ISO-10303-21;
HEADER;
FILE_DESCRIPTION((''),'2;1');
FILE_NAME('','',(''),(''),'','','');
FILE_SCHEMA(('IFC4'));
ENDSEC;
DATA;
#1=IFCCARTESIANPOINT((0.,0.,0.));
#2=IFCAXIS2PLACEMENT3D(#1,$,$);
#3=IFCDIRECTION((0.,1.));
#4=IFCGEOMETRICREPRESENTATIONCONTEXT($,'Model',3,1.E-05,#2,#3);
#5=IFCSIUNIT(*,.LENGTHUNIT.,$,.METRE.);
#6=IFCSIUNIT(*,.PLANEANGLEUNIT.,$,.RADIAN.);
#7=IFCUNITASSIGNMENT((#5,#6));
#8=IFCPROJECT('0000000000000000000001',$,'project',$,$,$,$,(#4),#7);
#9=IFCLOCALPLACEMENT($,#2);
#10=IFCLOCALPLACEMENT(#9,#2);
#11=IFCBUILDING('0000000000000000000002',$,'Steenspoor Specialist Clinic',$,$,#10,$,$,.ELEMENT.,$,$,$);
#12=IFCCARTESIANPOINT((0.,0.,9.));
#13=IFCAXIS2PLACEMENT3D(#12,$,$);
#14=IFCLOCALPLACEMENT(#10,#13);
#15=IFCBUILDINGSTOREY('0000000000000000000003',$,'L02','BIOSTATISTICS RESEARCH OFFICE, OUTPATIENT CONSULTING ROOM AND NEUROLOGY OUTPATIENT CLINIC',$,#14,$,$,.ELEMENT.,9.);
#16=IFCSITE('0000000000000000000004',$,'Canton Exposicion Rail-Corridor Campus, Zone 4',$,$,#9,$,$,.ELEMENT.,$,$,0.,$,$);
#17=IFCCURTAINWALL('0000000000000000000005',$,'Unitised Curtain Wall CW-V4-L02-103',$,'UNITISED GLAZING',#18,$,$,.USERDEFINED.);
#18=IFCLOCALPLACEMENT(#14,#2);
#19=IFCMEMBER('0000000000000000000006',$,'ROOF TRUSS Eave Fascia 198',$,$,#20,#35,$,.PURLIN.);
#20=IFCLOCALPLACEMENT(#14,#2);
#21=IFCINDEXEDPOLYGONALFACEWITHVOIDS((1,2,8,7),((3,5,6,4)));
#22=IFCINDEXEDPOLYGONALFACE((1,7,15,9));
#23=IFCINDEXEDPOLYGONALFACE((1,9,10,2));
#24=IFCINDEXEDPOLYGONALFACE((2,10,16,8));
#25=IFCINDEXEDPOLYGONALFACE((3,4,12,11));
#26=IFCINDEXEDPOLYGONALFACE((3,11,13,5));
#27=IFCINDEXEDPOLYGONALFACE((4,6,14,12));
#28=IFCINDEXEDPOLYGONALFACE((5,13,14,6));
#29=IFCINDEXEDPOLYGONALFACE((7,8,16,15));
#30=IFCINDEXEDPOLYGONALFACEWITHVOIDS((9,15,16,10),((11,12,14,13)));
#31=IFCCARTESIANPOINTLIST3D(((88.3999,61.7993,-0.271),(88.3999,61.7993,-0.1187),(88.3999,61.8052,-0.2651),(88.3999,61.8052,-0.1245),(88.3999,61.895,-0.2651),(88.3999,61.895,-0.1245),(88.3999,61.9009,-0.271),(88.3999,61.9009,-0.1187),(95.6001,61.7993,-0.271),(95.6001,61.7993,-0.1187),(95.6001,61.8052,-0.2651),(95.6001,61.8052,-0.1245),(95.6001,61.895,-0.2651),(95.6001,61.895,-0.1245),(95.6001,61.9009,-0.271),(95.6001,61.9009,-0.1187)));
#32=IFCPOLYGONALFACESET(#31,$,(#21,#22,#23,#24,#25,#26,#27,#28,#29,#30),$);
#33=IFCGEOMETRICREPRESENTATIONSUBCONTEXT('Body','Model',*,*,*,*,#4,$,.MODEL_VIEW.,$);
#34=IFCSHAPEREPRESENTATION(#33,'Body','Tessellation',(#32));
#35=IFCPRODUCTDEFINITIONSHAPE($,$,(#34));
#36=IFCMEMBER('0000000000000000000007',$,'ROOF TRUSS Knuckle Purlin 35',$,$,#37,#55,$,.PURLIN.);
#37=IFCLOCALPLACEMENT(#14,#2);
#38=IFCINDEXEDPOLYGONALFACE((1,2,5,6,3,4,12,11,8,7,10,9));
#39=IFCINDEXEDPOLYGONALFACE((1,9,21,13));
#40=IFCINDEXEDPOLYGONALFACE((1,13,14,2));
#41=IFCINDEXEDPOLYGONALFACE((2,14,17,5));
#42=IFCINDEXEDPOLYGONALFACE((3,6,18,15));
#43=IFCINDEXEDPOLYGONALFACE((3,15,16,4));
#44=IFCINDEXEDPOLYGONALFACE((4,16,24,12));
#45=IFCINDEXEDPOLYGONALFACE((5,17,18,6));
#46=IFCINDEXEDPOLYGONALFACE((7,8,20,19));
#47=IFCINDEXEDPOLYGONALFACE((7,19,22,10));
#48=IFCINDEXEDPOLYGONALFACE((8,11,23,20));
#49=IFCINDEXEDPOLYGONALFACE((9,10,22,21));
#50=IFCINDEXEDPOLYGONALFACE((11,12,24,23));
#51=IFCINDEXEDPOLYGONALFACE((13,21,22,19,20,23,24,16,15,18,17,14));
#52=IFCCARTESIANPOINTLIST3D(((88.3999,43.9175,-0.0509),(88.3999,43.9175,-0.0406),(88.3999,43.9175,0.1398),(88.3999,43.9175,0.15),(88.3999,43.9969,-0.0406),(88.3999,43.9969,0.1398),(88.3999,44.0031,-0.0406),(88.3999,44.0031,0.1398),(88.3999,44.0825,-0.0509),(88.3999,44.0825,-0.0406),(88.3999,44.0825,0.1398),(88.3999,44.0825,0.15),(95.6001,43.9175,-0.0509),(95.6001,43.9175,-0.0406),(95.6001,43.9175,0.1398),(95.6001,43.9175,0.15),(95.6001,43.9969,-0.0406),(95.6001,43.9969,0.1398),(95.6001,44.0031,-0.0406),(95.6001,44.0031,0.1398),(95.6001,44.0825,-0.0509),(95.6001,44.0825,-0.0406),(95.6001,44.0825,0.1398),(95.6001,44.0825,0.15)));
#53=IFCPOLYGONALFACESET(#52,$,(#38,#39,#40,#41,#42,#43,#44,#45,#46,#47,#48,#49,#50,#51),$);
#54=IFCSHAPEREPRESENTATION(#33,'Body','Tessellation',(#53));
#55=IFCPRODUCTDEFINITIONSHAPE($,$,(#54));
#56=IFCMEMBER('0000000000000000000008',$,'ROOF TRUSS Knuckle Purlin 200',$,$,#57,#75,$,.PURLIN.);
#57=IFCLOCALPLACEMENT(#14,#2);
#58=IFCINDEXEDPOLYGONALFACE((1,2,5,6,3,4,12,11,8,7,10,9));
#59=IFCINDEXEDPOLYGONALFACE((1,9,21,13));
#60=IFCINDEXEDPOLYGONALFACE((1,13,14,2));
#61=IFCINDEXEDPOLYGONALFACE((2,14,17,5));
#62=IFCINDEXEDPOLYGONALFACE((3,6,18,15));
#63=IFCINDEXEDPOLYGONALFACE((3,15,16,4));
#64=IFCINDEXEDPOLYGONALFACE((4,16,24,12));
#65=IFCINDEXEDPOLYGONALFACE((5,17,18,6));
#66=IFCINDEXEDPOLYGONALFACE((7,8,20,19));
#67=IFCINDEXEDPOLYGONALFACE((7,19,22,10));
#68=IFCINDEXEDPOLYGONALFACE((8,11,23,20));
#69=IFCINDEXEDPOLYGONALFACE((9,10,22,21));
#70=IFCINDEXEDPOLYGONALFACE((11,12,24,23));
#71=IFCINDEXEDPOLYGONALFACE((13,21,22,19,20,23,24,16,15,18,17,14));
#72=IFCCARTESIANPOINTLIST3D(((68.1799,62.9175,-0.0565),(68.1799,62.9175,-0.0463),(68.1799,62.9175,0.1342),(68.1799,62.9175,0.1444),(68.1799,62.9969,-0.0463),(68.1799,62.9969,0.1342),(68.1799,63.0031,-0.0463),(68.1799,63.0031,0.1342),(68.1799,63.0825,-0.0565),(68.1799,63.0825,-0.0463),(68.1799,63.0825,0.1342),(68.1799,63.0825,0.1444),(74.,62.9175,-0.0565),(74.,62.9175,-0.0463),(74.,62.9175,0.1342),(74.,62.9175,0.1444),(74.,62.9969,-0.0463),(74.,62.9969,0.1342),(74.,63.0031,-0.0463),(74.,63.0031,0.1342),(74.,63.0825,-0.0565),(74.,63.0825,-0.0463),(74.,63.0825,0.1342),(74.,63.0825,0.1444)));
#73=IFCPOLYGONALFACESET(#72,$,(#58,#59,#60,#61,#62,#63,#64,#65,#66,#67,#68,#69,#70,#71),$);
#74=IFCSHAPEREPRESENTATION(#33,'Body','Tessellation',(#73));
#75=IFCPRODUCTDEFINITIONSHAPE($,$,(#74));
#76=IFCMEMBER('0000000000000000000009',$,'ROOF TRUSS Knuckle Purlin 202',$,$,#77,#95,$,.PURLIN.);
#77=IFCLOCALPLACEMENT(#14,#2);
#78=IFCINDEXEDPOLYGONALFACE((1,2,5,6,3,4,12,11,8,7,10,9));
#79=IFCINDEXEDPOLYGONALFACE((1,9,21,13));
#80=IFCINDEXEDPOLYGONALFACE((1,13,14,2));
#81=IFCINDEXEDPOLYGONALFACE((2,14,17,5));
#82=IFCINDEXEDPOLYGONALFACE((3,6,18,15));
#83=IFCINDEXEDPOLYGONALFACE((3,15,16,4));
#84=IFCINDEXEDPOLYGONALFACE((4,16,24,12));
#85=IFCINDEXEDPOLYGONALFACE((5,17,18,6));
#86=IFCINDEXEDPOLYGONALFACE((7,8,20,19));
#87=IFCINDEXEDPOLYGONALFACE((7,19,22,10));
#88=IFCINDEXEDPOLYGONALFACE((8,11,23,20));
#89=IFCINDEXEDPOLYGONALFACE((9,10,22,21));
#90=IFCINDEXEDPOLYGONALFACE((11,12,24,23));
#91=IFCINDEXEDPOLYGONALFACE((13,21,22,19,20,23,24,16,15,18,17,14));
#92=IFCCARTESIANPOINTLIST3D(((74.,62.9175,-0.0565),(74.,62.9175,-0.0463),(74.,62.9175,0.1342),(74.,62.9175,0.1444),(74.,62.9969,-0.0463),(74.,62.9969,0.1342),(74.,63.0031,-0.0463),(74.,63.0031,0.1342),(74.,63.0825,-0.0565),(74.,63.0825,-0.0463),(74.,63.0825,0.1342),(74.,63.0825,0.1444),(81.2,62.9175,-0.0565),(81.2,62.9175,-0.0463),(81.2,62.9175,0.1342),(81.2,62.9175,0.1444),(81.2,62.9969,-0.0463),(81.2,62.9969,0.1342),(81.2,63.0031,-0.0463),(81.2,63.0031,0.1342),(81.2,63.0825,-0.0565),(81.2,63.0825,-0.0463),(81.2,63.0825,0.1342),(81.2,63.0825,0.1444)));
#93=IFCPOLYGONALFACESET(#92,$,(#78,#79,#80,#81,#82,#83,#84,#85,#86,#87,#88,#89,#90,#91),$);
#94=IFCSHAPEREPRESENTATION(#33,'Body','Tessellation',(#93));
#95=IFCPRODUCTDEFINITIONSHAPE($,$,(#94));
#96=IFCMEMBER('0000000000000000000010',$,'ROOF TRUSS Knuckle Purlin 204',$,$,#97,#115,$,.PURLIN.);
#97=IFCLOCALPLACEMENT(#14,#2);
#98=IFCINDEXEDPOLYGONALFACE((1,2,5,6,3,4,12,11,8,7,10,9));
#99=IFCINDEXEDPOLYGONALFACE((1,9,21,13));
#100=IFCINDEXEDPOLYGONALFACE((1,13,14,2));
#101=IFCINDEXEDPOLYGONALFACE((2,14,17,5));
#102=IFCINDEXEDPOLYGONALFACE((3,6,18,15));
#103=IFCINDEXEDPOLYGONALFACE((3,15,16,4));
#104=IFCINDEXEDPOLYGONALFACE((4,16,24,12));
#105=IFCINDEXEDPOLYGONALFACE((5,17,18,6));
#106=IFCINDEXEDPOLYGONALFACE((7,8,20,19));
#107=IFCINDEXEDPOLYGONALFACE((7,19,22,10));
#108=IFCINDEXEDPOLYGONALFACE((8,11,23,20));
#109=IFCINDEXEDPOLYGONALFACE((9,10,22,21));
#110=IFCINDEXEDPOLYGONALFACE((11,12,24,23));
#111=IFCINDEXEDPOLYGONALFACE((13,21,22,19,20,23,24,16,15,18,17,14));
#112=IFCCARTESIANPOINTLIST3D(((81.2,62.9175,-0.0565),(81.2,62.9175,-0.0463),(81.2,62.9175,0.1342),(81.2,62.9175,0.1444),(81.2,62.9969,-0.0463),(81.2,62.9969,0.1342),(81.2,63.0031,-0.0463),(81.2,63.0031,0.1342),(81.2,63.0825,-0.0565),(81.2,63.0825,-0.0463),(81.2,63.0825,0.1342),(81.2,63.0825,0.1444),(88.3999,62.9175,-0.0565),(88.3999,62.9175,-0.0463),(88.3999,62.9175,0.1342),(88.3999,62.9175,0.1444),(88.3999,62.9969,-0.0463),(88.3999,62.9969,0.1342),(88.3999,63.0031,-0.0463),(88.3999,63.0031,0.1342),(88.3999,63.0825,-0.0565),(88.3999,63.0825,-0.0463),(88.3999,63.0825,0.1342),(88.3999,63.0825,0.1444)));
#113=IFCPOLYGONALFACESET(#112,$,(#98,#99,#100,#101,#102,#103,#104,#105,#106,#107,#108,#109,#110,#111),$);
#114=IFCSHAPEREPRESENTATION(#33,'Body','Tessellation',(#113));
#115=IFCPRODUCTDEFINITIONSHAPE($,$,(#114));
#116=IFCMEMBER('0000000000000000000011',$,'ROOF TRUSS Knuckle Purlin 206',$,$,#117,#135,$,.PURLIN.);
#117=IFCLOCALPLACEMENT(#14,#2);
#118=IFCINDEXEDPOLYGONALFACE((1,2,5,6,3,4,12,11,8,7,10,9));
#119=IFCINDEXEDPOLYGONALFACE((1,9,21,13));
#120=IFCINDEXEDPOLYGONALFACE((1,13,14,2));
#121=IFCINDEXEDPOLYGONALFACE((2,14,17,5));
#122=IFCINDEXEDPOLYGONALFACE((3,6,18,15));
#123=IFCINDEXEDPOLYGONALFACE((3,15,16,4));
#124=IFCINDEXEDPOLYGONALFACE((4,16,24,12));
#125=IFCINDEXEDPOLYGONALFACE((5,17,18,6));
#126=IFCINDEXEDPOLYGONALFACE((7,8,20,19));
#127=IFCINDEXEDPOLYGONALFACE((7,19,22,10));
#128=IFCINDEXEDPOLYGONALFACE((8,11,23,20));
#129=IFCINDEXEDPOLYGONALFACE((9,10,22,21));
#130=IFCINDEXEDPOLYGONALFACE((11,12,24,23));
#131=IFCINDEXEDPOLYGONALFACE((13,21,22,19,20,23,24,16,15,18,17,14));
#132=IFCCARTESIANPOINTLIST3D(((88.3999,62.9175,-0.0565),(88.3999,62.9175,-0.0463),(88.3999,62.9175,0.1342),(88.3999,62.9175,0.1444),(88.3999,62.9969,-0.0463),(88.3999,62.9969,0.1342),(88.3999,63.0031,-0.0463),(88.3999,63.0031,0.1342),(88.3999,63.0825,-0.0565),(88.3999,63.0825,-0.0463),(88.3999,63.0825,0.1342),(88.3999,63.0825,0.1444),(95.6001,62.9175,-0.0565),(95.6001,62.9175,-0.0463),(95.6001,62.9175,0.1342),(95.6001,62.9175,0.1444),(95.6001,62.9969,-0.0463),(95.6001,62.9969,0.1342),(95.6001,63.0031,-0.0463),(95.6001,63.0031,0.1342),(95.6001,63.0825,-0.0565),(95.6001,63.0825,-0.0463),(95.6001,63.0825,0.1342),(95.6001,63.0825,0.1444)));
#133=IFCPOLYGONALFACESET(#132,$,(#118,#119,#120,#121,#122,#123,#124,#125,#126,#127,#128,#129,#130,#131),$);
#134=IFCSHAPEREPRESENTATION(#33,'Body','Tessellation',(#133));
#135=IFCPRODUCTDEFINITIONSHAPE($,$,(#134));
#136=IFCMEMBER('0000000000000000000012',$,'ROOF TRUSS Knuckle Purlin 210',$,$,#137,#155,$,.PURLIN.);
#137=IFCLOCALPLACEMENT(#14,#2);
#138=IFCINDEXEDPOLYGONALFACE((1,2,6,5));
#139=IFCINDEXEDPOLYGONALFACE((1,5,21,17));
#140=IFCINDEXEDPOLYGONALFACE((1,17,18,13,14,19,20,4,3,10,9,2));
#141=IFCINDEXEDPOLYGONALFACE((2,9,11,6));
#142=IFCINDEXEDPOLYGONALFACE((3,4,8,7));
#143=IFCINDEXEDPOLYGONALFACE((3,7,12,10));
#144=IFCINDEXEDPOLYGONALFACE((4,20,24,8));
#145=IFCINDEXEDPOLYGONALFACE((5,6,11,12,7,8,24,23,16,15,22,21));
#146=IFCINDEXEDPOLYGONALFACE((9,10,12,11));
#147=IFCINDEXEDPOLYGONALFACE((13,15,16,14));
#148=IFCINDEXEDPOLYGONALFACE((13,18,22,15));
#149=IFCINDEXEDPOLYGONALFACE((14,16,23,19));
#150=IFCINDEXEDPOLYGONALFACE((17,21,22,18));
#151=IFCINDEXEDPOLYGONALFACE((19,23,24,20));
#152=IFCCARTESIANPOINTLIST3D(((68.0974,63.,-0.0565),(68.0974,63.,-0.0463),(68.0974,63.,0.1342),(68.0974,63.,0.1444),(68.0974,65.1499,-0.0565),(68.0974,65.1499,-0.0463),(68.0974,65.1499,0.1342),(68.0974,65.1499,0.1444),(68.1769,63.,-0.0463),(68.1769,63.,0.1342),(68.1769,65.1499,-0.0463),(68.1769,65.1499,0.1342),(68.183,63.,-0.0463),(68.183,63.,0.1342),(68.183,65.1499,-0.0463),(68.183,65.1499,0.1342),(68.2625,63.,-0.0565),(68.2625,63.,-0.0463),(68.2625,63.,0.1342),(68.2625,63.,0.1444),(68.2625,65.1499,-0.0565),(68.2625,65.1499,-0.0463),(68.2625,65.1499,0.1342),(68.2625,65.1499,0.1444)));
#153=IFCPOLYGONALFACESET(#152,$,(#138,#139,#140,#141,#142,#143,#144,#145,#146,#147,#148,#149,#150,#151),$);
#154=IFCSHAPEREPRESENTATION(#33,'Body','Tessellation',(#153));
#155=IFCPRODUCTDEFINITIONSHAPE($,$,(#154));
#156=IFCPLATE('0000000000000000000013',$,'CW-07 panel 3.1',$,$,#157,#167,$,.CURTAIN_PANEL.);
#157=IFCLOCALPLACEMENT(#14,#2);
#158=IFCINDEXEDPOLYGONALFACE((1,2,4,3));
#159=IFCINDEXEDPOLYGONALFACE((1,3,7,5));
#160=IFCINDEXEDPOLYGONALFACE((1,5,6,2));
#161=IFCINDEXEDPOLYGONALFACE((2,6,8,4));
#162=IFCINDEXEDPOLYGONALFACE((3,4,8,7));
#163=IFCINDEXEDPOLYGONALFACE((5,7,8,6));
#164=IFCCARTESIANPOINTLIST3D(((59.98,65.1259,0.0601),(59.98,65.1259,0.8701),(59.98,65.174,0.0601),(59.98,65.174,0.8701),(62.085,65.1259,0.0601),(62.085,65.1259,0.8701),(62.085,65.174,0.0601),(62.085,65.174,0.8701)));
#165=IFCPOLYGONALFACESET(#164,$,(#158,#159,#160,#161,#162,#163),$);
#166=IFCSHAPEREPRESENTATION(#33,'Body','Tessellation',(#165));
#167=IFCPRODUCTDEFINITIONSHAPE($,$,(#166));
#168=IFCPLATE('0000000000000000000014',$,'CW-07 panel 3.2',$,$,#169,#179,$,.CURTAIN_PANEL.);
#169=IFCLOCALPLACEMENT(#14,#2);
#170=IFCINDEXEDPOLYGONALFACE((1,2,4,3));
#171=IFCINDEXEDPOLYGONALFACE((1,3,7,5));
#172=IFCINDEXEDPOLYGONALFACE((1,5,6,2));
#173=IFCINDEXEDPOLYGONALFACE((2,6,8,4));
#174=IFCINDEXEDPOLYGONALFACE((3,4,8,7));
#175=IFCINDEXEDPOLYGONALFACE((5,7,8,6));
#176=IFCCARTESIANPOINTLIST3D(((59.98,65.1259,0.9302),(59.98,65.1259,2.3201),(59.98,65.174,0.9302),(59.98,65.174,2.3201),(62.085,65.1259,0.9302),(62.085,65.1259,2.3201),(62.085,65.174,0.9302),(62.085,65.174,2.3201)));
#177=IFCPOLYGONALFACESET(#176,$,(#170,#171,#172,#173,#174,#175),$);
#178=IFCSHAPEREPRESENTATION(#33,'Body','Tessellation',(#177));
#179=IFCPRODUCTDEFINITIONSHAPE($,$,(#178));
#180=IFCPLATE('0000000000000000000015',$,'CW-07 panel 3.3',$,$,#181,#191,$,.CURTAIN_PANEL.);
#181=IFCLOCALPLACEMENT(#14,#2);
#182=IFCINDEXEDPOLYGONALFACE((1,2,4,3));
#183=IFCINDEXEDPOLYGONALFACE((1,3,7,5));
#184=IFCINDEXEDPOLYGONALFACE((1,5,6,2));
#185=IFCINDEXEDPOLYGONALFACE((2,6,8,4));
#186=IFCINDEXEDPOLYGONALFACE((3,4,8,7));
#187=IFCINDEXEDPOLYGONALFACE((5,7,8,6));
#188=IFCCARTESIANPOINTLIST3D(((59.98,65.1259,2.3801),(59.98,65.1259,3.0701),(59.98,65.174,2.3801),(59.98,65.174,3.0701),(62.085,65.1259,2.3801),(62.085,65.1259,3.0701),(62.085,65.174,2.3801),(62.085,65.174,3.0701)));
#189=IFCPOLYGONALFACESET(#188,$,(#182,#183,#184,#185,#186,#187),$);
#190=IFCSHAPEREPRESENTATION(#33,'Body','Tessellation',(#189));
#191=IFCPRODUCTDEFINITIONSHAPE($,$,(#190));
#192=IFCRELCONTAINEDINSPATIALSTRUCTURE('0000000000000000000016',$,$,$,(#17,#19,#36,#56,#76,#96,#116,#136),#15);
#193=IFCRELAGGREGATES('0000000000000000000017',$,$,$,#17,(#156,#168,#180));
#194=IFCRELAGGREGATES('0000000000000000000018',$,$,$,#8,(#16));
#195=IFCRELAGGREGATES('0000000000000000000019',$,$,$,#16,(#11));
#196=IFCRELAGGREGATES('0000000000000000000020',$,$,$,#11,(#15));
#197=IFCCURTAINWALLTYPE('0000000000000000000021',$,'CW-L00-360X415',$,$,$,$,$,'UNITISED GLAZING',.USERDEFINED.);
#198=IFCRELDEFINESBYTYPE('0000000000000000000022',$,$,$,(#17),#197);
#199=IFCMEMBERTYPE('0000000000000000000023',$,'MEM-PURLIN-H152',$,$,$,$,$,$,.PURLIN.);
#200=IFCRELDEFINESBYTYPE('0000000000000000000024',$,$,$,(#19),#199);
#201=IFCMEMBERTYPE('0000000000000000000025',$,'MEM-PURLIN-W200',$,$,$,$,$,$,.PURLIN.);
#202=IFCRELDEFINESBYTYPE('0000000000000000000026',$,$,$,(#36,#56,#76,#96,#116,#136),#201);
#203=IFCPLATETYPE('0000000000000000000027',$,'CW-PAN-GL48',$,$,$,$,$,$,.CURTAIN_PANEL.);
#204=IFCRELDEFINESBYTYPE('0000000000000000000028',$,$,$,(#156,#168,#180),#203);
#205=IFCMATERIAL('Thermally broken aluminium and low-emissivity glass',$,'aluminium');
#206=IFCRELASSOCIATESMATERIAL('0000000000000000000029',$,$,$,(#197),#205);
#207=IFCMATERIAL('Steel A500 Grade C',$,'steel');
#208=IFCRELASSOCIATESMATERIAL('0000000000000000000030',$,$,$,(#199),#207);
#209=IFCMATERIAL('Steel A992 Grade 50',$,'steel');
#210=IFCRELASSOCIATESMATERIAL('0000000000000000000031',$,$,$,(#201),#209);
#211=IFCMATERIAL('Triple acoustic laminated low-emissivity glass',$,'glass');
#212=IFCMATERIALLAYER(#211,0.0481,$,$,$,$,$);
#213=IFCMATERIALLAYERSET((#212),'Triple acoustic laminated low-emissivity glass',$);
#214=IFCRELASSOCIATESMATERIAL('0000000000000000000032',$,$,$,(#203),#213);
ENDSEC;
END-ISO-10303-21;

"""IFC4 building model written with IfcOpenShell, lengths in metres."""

from ifc_helpers import new_model, si_unit, direction, frame, origin, origin_2d, place, context, subcontext, project, spatial, rectangle, hollow_rectangle, i_section, extrude, material, layer, layer_set, material_profile, profile_set, type_object, element, aggregate, save


model = new_model("IFC4")

# Units and contexts
model_context = context("Model", 3, precision=1e-05, world=origin(), true_north=direction((0.0, 1.0)))
body_context = subcontext(model_context, "Body", "Model", "MODEL_VIEW")
ifc_project = project(units=[si_unit("LENGTHUNIT", "METRE"), si_unit("PLANEANGLEUNIT", "RADIAN")], contexts=[model_context])

# Site, building, storey
site_placement = place(None, origin())
site = spatial("IfcSite", under=ifc_project, at=site_placement, Name="Canton Exposicion Rail-Corridor Campus, Zone 4", CompositionType="ELEMENT", RefElevation=0.0)
building_placement = place(site_placement, origin())
building = spatial("IfcBuilding", under=site, at=building_placement, Name="Steenspoor Specialist Clinic", CompositionType="ELEMENT")
storey_placement = place(building_placement, frame((0.0, 0.0, 9.0)))
storey = spatial("IfcBuildingStorey", under=building, at=storey_placement, Name="L02", Description="BIOSTATISTICS RESEARCH OFFICE, OUTPATIENT CONSULTING ROOM AND NEUROLOGY OUTPATIENT CLINIC", CompositionType="ELEMENT", Elevation=9.0)

# Curtain wall
ifc_material_1 = material(Name="Thermally broken aluminium and low-emissivity glass", Category="aluminium")
curtain_wall_type = type_object("IfcCurtainWallType", Name="CW-L00-360X415", ElementType="UNITISED GLAZING", PredefinedType="USERDEFINED", material=ifc_material_1)
curtain_wall_placement = place(storey_placement, origin())
curtain_wall = element("IfcCurtainWall", 1, at=curtain_wall_placement, inside=storey, type_object=curtain_wall_type, Name="Unitised Curtain Wall CW-V4-L02-103", ObjectType="UNITISED GLAZING", PredefinedType="USERDEFINED")

# Members
ifc_material_2 = material(Name="Steel A500 Grade C", Category="steel")
ifc_material_profile_1 = material_profile(ifc_material_2, hollow_rectangle(XDim=0.1016, YDim=0.1523, WallThickness=0.0059, at=origin_2d()), Name="HSS152X102X6.4")
ifc_profile_set_1 = profile_set([ifc_material_profile_1], Name="Steel A500 Grade C")
member_type_1 = type_object("IfcMemberType", Name="MEM-PURLIN-H152", PredefinedType="PURLIN", material=ifc_profile_set_1)
member_1_placement = place(storey_placement, frame((88.3999, 61.8501, -0.1948), z_axis=(1.0, 0.0, 0.0), x_axis=(0.0, 1.0, 0.0)))
element("IfcMember", 2, at=member_1_placement, inside=storey, type_object=member_type_1, Name="ROOF TRUSS Eave Fascia 198", PredefinedType="PURLIN", context=body_context, shape_type="SweptSolid", body=[
    extrude(hollow_rectangle(XDim=0.1016, YDim=0.1523, WallThickness=0.0059, at=origin_2d()), origin(), (0.0, 0.0, 1.0), 7.2002),
])
ifc_material_3 = material(Name="Steel A992 Grade 50", Category="steel")
ifc_material_profile_2 = material_profile(ifc_material_3, i_section(OverallWidth=0.165, OverallDepth=0.2009, WebThickness=0.0061, FlangeThickness=0.0103, at=origin_2d()), Name="W200X36")
ifc_profile_set_2 = profile_set([ifc_material_profile_2], Name="Steel A992 Grade 50")
member_type_2 = type_object("IfcMemberType", Name="MEM-PURLIN-W200", PredefinedType="PURLIN", material=ifc_profile_set_2)
member_2_placement = place(storey_placement, frame((88.3999, 44.0, 0.0496), z_axis=(1.0, 0.0, 0.0), x_axis=(0.0, 1.0, 0.0)))
element("IfcMember", 3, at=member_2_placement, inside=storey, type_object=member_type_2, Name="ROOF TRUSS Knuckle Purlin 35", PredefinedType="PURLIN", context=body_context, shape_type="SweptSolid", body=[
    extrude(i_section(OverallWidth=0.165, OverallDepth=0.2009, WebThickness=0.0061, FlangeThickness=0.0103, at=origin_2d()), origin(), (0.0, 0.0, 1.0), 7.2002),
])
member_3_placement = place(storey_placement, frame((68.1799, 63.0, 0.0439), z_axis=(1.0, 0.0, 0.0), x_axis=(0.0, 1.0, 0.0)))
element("IfcMember", 4, at=member_3_placement, inside=storey, type_object=member_type_2, Name="ROOF TRUSS Knuckle Purlin 200", PredefinedType="PURLIN", context=body_context, shape_type="SweptSolid", body=[
    extrude(i_section(OverallWidth=0.165, OverallDepth=0.2009, WebThickness=0.0061, FlangeThickness=0.0103, at=origin_2d()), origin(), (0.0, 0.0, 1.0), 5.8201),
])
for number, where, z_axis, x_axis, name in (
    (5, (74.0, 63.0, 0.0439), (1.0, 0.0, 0.0), (0.0, 1.0, 0.0), "ROOF TRUSS Knuckle Purlin 202"),
    (6, (81.2, 63.0, 0.0439), (1.0, 0.0, 0.0), (0.0, 1.0, 0.0), "ROOF TRUSS Knuckle Purlin 204"),
):
    element("IfcMember", number, at=place(storey_placement, frame(where, z_axis=z_axis, x_axis=x_axis)), inside=storey, type_object=member_type_2, Name=name, PredefinedType="PURLIN", context=body_context, shape_type="SweptSolid", body=[
        extrude(i_section(OverallWidth=0.165, OverallDepth=0.2009, WebThickness=0.0061, FlangeThickness=0.0103, at=origin_2d()), origin(), (0.0, 0.0, 1.0), 7.2),
    ])
member_4_placement = place(storey_placement, frame((88.3999, 63.0, 0.0439), z_axis=(1.0, 0.0, 0.0), x_axis=(0.0, 1.0, 0.0)))
element("IfcMember", 7, at=member_4_placement, inside=storey, type_object=member_type_2, Name="ROOF TRUSS Knuckle Purlin 206", PredefinedType="PURLIN", context=body_context, shape_type="SweptSolid", body=[
    extrude(i_section(OverallWidth=0.165, OverallDepth=0.2009, WebThickness=0.0061, FlangeThickness=0.0103, at=origin_2d()), origin(), (0.0, 0.0, 1.0), 7.2002),
])
member_5_placement = place(storey_placement, frame((68.1799, 63.0, 0.0439), z_axis=(0.0, 1.0, 0.0), x_axis=(-1.0, 0.0, 0.0)))
element("IfcMember", 8, at=member_5_placement, inside=storey, type_object=member_type_2, Name="ROOF TRUSS Knuckle Purlin 210", PredefinedType="PURLIN", context=body_context, shape_type="SweptSolid", body=[
    extrude(i_section(OverallWidth=0.165, OverallDepth=0.2009, WebThickness=0.0061, FlangeThickness=0.0103, at=origin_2d()), origin(), (0.0, 0.0, 1.0), 2.1499),
])

# Plates
ifc_material_4 = material(Name="Triple acoustic laminated low-emissivity glass", Category="glass")
ifc_layer_1 = layer(ifc_material_4, 0.0481)
ifc_layer_set_1 = layer_set([ifc_layer_1], Name="Triple acoustic laminated low-emissivity glass")
plate_type = type_object("IfcPlateType", Name="CW-PAN-GL48", PredefinedType="CURTAIN_PANEL", material=ifc_layer_set_1)
plate_1_placement = place(storey_placement, frame((61.0325, 65.1499, 0.0601), z_axis=(0.0, 0.0, 1.0), x_axis=(-1.0, 0.0, 0.0)))
plate_1 = element("IfcPlate", 9, at=plate_1_placement, type_object=plate_type, Name="CW-07 panel 3.1", PredefinedType="CURTAIN_PANEL", context=body_context, shape_type="SweptSolid", body=[
    extrude(rectangle(XDim=2.105, YDim=0.0481, at=origin_2d()), origin(), (0.0, 0.0, 1.0), 0.8101),
])
plate_2_placement = place(storey_placement, frame((61.0325, 65.1499, 0.9302), z_axis=(0.0, 0.0, 1.0), x_axis=(-1.0, 0.0, 0.0)))
plate_2 = element("IfcPlate", 10, at=plate_2_placement, type_object=plate_type, Name="CW-07 panel 3.2", PredefinedType="CURTAIN_PANEL", context=body_context, shape_type="SweptSolid", body=[
    extrude(rectangle(XDim=2.105, YDim=0.0481, at=origin_2d()), origin(), (0.0, 0.0, 1.0), 1.3899),
])
plate_3_placement = place(storey_placement, frame((61.0325, 65.1499, 2.3801), z_axis=(0.0, 0.0, 1.0), x_axis=(-1.0, 0.0, 0.0)))
plate_3 = element("IfcPlate", 11, at=plate_3_placement, type_object=plate_type, Name="CW-07 panel 3.3", PredefinedType="CURTAIN_PANEL", context=body_context, shape_type="SweptSolid", body=[
    extrude(rectangle(XDim=2.105, YDim=0.0481, at=origin_2d()), origin(), (0.0, 0.0, 1.0), 0.6899),
])
aggregate(curtain_wall, [plate_1, plate_2, plate_3])

save(model, "model.ifc")
